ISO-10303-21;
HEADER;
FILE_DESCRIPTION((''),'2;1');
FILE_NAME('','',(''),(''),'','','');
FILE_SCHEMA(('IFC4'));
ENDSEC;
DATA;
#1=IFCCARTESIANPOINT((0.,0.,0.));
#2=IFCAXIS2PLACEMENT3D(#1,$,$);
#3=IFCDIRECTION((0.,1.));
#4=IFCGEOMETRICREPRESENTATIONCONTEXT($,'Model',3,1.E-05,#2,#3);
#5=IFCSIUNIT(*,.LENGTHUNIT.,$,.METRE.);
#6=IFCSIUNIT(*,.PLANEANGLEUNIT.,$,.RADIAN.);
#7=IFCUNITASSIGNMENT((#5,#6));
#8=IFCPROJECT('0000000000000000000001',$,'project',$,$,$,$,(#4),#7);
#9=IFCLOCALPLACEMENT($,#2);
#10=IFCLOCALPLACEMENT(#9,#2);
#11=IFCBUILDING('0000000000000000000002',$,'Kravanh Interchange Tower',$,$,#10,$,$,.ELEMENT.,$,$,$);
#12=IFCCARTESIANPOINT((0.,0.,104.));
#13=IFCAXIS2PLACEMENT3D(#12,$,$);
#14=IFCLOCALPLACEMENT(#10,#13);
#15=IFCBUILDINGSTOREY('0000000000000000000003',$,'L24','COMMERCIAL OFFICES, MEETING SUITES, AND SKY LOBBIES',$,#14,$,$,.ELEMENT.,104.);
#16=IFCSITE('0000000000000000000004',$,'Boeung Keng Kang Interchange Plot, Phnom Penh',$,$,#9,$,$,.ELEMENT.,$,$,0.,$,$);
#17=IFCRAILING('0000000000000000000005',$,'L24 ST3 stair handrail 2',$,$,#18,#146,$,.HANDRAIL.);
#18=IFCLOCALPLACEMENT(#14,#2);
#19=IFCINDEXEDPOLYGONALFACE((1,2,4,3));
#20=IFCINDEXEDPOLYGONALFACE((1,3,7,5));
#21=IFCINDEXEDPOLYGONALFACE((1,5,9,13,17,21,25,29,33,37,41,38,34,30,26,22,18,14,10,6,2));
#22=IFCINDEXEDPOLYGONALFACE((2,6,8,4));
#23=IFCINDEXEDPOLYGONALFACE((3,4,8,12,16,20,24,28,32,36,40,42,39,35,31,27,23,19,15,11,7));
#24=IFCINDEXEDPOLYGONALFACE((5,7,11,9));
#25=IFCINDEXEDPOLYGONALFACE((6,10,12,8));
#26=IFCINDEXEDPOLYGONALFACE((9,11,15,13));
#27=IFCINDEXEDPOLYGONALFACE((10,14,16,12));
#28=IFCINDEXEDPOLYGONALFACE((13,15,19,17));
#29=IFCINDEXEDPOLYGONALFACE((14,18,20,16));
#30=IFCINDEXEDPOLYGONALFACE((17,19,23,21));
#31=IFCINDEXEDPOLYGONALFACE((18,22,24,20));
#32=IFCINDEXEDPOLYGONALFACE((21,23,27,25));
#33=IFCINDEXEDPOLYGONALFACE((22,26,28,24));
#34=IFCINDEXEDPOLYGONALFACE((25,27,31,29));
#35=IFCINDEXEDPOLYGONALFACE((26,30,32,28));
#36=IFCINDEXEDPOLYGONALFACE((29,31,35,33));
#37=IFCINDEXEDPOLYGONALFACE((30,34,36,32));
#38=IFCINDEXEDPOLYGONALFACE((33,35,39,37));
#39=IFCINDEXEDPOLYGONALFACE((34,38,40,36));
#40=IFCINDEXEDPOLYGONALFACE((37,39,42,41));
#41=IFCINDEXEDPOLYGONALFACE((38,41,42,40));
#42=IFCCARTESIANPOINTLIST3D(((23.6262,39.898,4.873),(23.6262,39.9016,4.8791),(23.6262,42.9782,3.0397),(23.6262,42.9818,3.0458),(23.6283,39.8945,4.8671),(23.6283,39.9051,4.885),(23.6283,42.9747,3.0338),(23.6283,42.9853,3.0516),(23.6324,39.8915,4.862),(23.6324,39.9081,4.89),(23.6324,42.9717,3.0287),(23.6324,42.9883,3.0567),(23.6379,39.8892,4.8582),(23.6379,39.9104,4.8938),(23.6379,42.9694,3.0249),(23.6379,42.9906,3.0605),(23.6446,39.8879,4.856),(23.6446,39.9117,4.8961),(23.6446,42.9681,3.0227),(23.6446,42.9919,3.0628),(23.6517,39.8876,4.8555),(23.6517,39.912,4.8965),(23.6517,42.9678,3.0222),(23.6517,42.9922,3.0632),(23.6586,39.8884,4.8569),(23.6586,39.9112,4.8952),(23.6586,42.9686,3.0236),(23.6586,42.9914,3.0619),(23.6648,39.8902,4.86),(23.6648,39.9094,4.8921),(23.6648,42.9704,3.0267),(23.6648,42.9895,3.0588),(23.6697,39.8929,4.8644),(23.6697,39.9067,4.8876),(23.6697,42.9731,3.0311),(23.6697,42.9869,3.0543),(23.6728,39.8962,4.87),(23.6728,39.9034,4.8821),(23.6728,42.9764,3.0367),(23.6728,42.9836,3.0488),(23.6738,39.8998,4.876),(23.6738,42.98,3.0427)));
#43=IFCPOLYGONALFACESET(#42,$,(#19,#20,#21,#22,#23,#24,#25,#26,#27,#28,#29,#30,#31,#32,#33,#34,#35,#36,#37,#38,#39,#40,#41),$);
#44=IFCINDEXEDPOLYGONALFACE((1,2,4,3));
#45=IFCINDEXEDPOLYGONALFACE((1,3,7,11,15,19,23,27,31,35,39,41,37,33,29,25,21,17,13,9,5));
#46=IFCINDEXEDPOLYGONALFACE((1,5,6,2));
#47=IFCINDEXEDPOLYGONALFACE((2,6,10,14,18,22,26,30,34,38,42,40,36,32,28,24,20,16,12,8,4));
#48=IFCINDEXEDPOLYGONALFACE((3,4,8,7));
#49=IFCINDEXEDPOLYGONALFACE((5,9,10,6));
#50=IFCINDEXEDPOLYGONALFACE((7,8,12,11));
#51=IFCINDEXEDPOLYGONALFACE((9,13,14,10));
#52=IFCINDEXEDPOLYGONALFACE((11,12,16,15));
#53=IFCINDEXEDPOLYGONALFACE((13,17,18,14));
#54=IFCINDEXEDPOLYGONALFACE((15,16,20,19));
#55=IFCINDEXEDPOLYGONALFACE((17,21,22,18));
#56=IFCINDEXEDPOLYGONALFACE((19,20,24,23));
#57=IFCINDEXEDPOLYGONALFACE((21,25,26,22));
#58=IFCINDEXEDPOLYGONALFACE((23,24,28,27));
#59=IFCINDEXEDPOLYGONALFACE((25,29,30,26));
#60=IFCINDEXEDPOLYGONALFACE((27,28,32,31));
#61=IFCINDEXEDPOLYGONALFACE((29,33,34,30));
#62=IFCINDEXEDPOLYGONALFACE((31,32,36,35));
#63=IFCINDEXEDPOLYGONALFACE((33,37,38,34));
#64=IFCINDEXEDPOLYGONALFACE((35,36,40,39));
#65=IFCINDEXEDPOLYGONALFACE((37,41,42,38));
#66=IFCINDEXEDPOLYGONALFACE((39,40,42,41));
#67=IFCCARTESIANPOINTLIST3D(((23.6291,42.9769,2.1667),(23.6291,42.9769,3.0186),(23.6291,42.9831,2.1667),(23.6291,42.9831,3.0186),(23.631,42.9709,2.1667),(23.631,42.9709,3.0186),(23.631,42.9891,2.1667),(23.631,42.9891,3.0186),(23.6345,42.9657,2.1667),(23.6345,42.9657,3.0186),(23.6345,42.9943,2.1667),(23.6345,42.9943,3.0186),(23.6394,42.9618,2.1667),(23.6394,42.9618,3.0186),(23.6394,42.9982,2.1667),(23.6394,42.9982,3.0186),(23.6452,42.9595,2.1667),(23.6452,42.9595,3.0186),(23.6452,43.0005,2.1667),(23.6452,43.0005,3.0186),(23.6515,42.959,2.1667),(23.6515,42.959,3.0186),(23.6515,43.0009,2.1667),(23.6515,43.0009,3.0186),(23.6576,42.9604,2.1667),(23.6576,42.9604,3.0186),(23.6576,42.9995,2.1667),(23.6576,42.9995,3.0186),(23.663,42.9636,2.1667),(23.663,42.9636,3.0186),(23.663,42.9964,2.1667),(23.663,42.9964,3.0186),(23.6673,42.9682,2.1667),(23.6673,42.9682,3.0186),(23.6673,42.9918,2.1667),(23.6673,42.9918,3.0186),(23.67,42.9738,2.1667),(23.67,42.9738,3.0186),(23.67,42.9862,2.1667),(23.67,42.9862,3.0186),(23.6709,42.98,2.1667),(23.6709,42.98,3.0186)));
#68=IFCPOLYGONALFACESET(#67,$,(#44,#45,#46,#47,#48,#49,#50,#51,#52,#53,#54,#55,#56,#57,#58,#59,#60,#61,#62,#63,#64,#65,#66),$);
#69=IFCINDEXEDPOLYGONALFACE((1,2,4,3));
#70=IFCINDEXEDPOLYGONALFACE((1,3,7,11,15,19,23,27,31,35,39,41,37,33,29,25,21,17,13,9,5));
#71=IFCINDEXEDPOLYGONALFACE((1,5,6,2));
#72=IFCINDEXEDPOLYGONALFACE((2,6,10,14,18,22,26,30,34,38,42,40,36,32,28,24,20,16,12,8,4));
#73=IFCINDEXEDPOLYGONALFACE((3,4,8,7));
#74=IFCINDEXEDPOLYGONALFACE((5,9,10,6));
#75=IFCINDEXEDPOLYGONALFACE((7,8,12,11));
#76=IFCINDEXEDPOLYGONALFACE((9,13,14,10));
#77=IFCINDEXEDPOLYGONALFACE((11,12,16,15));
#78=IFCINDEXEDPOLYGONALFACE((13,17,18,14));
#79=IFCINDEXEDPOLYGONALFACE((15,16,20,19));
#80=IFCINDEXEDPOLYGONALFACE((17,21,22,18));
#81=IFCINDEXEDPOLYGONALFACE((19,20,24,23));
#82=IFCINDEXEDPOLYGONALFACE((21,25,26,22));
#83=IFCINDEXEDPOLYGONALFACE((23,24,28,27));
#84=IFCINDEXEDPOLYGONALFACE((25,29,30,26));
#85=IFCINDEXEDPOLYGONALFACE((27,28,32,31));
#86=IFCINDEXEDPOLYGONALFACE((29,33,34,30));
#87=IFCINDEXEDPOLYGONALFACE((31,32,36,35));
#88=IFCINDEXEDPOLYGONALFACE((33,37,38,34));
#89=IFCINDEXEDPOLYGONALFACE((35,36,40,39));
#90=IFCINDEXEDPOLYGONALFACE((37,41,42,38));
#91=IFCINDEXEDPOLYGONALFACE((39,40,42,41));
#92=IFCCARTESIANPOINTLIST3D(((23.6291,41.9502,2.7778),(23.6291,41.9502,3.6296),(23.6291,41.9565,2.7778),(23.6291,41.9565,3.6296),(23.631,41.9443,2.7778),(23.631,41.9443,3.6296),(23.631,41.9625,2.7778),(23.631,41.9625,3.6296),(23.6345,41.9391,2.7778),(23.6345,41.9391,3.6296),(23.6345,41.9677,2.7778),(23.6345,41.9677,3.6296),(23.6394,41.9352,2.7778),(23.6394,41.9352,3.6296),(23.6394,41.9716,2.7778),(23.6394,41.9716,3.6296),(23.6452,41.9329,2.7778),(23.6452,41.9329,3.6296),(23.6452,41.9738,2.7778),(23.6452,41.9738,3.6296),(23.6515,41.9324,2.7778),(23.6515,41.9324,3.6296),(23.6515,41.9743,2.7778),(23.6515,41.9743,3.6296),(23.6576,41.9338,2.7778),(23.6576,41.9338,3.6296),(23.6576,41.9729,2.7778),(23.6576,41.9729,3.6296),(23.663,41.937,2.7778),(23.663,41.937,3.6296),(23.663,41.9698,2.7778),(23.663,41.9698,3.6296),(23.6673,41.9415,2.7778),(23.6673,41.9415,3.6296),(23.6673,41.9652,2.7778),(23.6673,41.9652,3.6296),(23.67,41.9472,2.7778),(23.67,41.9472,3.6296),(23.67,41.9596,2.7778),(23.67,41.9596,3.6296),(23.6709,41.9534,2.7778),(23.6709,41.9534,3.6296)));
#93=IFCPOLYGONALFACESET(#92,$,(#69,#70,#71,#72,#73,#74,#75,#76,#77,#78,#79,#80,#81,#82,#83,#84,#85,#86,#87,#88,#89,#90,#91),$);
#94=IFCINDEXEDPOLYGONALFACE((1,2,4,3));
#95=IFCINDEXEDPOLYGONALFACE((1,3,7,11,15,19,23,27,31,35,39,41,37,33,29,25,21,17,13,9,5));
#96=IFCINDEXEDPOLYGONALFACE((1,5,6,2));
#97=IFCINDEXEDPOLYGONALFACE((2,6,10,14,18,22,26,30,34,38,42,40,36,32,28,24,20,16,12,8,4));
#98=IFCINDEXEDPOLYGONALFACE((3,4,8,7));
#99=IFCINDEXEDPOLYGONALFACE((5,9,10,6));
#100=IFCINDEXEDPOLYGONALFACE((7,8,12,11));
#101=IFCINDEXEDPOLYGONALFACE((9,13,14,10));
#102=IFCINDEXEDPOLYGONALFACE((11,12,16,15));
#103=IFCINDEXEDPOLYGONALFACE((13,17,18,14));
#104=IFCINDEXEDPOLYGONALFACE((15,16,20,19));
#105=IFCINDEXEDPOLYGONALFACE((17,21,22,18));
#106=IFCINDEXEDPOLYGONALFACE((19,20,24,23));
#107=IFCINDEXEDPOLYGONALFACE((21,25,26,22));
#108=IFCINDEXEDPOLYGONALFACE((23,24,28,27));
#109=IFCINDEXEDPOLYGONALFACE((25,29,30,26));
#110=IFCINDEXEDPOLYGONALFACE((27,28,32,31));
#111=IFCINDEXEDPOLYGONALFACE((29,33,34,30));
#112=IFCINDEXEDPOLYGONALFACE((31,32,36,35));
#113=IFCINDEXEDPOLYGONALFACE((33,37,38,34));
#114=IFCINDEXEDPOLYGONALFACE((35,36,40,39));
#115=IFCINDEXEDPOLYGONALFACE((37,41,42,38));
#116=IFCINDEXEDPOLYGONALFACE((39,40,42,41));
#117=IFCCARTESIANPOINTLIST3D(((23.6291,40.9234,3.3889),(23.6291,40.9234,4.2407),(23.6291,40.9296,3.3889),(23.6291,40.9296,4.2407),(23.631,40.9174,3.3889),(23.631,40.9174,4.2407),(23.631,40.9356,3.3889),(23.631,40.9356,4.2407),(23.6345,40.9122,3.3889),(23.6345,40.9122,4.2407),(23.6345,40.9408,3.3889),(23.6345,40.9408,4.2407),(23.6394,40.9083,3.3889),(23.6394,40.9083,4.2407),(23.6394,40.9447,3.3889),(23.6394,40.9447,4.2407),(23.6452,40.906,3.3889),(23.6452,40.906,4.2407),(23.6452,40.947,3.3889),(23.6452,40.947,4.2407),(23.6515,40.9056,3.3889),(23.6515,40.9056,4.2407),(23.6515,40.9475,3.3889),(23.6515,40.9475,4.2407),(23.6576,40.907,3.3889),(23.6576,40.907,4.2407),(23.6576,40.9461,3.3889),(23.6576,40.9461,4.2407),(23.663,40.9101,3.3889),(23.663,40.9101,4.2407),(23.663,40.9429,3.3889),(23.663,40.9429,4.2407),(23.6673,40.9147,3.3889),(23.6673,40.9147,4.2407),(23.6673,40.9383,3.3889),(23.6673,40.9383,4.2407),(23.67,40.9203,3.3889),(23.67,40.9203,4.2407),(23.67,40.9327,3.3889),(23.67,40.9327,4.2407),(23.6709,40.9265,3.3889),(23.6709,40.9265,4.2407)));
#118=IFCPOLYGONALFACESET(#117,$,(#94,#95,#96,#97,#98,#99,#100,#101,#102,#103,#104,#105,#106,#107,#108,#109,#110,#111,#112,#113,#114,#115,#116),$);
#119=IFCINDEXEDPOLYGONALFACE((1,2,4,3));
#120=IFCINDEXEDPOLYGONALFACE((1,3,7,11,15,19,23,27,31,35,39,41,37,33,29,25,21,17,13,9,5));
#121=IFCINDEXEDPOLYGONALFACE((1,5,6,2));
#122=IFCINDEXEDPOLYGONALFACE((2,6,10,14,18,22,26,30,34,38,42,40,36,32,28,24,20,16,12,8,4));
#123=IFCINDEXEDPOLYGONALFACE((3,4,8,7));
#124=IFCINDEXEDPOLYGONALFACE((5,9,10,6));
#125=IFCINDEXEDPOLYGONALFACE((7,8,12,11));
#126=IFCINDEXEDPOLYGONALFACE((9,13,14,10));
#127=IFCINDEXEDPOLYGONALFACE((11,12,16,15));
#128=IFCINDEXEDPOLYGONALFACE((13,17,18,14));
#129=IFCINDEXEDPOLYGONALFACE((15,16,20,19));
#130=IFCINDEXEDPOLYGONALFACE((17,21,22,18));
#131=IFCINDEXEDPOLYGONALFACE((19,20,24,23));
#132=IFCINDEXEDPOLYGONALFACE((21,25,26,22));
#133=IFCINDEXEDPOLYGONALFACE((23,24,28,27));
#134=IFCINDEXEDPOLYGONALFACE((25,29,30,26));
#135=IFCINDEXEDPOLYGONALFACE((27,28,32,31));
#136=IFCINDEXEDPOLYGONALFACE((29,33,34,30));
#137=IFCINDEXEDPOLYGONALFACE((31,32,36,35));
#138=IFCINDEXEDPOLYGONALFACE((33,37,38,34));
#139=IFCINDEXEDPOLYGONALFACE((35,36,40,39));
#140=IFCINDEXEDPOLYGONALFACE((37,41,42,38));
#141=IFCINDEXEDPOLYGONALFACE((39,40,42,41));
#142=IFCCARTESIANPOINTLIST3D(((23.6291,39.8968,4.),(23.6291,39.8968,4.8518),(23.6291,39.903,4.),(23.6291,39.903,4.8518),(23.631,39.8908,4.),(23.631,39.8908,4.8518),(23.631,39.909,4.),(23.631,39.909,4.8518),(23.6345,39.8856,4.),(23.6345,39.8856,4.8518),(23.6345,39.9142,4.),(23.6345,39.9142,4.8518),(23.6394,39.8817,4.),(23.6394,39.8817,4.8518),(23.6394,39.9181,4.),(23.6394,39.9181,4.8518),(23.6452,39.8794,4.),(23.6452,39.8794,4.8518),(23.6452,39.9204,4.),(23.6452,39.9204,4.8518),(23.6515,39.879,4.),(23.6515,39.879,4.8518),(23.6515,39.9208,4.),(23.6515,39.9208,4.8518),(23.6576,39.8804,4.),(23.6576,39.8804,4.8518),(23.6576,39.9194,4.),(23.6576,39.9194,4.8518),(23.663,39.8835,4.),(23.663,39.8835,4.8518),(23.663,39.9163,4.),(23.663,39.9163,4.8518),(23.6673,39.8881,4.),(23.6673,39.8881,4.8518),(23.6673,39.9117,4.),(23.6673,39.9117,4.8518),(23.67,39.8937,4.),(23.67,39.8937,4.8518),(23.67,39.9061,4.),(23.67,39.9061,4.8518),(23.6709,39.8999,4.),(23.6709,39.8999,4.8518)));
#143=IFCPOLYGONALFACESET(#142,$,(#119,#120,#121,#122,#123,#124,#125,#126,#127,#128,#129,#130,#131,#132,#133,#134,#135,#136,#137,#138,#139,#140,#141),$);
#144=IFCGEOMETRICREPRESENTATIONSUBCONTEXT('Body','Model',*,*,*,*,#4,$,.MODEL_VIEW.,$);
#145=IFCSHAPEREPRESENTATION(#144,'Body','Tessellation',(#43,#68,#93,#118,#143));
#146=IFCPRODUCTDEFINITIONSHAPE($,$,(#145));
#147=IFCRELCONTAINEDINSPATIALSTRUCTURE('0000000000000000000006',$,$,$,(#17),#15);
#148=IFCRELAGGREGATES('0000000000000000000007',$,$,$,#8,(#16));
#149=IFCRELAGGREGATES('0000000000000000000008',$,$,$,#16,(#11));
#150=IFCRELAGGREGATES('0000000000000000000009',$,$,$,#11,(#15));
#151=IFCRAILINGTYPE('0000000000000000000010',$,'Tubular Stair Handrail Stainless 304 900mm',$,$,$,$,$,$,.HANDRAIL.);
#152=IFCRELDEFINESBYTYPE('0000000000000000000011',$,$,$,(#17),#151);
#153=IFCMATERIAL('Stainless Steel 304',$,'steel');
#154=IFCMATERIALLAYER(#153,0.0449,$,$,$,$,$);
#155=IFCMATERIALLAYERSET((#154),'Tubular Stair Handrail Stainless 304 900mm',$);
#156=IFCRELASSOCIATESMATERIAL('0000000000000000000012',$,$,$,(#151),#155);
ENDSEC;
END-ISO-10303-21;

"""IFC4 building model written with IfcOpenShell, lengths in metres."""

from ifc_helpers import new_model, si_unit, direction, frame, origin, origin_2d, place, context, subcontext, project, spatial, circle, extrude, material, layer, layer_set, type_object, element, save


model = new_model("IFC4")

# Units and contexts
model_context = context("Model", 3, precision=1e-05, world=origin(), true_north=direction((0.0, 1.0)))
body_context = subcontext(model_context, "Body", "Model", "MODEL_VIEW")
ifc_project = project(units=[si_unit("LENGTHUNIT", "METRE"), si_unit("PLANEANGLEUNIT", "RADIAN")], contexts=[model_context])

# Site, building, storey
site_placement = place(None, origin())
site = spatial("IfcSite", under=ifc_project, at=site_placement, Name="Boeung Keng Kang Interchange Plot, Phnom Penh", CompositionType="ELEMENT", RefElevation=0.0)
building_placement = place(site_placement, origin())
building = spatial("IfcBuilding", under=site, at=building_placement, Name="Kravanh Interchange Tower", CompositionType="ELEMENT")
storey_placement = place(building_placement, frame((0.0, 0.0, 104.0)))
storey = spatial("IfcBuildingStorey", under=building, at=storey_placement, Name="L24", Description="COMMERCIAL OFFICES, MEETING SUITES, AND SKY LOBBIES", CompositionType="ELEMENT", Elevation=104.0)

# Railing
ifc_material_1 = material(Name="Stainless Steel 304", Category="steel")
ifc_layer_1 = layer(ifc_material_1, 0.0449)
ifc_layer_set_1 = layer_set([ifc_layer_1], Name="Tubular Stair Handrail Stainless 304 900mm")
railing_type_1 = type_object("IfcRailingType", Name="Tubular Stair Handrail Stainless 304 900mm", PredefinedType="HANDRAIL", material=ifc_layer_set_1)
railing_1_placement = place(storey_placement, frame((23.6499, 42.98, 2.1667)))
element("IfcRailing", 1, at=railing_1_placement, inside=storey, type_object=railing_type_1, Name="L24 ST3 stair handrail 2", PredefinedType="HANDRAIL", context=body_context, shape_type="SweptSolid", body=[
    extrude(circle(Radius=0.0239, at=origin_2d()), frame((0.0, 0.0, 0.876), z_axis=(0.0, -0.859309, 0.511458), x_axis=(1.0, 0.0, 0.0)), (0.0, 0.0, 1.0), 3.5845),
    extrude(circle(Radius=0.021, at=origin_2d()), origin(), (0.0, 0.0, 1.0), 0.8518),
    extrude(circle(Radius=0.021, at=origin_2d()), frame((0.0, -1.0266, 0.6111)), (0.0, 0.0, 1.0), 0.8518),
    extrude(circle(Radius=0.021, at=origin_2d()), frame((0.0, -2.0535, 1.2222)), (0.0, 0.0, 1.0), 0.8518),
    extrude(circle(Radius=0.021, at=origin_2d()), frame((0.0, -3.0801, 1.8333)), (0.0, 0.0, 1.0), 0.8518),
])

save(model, "model.ifc")
